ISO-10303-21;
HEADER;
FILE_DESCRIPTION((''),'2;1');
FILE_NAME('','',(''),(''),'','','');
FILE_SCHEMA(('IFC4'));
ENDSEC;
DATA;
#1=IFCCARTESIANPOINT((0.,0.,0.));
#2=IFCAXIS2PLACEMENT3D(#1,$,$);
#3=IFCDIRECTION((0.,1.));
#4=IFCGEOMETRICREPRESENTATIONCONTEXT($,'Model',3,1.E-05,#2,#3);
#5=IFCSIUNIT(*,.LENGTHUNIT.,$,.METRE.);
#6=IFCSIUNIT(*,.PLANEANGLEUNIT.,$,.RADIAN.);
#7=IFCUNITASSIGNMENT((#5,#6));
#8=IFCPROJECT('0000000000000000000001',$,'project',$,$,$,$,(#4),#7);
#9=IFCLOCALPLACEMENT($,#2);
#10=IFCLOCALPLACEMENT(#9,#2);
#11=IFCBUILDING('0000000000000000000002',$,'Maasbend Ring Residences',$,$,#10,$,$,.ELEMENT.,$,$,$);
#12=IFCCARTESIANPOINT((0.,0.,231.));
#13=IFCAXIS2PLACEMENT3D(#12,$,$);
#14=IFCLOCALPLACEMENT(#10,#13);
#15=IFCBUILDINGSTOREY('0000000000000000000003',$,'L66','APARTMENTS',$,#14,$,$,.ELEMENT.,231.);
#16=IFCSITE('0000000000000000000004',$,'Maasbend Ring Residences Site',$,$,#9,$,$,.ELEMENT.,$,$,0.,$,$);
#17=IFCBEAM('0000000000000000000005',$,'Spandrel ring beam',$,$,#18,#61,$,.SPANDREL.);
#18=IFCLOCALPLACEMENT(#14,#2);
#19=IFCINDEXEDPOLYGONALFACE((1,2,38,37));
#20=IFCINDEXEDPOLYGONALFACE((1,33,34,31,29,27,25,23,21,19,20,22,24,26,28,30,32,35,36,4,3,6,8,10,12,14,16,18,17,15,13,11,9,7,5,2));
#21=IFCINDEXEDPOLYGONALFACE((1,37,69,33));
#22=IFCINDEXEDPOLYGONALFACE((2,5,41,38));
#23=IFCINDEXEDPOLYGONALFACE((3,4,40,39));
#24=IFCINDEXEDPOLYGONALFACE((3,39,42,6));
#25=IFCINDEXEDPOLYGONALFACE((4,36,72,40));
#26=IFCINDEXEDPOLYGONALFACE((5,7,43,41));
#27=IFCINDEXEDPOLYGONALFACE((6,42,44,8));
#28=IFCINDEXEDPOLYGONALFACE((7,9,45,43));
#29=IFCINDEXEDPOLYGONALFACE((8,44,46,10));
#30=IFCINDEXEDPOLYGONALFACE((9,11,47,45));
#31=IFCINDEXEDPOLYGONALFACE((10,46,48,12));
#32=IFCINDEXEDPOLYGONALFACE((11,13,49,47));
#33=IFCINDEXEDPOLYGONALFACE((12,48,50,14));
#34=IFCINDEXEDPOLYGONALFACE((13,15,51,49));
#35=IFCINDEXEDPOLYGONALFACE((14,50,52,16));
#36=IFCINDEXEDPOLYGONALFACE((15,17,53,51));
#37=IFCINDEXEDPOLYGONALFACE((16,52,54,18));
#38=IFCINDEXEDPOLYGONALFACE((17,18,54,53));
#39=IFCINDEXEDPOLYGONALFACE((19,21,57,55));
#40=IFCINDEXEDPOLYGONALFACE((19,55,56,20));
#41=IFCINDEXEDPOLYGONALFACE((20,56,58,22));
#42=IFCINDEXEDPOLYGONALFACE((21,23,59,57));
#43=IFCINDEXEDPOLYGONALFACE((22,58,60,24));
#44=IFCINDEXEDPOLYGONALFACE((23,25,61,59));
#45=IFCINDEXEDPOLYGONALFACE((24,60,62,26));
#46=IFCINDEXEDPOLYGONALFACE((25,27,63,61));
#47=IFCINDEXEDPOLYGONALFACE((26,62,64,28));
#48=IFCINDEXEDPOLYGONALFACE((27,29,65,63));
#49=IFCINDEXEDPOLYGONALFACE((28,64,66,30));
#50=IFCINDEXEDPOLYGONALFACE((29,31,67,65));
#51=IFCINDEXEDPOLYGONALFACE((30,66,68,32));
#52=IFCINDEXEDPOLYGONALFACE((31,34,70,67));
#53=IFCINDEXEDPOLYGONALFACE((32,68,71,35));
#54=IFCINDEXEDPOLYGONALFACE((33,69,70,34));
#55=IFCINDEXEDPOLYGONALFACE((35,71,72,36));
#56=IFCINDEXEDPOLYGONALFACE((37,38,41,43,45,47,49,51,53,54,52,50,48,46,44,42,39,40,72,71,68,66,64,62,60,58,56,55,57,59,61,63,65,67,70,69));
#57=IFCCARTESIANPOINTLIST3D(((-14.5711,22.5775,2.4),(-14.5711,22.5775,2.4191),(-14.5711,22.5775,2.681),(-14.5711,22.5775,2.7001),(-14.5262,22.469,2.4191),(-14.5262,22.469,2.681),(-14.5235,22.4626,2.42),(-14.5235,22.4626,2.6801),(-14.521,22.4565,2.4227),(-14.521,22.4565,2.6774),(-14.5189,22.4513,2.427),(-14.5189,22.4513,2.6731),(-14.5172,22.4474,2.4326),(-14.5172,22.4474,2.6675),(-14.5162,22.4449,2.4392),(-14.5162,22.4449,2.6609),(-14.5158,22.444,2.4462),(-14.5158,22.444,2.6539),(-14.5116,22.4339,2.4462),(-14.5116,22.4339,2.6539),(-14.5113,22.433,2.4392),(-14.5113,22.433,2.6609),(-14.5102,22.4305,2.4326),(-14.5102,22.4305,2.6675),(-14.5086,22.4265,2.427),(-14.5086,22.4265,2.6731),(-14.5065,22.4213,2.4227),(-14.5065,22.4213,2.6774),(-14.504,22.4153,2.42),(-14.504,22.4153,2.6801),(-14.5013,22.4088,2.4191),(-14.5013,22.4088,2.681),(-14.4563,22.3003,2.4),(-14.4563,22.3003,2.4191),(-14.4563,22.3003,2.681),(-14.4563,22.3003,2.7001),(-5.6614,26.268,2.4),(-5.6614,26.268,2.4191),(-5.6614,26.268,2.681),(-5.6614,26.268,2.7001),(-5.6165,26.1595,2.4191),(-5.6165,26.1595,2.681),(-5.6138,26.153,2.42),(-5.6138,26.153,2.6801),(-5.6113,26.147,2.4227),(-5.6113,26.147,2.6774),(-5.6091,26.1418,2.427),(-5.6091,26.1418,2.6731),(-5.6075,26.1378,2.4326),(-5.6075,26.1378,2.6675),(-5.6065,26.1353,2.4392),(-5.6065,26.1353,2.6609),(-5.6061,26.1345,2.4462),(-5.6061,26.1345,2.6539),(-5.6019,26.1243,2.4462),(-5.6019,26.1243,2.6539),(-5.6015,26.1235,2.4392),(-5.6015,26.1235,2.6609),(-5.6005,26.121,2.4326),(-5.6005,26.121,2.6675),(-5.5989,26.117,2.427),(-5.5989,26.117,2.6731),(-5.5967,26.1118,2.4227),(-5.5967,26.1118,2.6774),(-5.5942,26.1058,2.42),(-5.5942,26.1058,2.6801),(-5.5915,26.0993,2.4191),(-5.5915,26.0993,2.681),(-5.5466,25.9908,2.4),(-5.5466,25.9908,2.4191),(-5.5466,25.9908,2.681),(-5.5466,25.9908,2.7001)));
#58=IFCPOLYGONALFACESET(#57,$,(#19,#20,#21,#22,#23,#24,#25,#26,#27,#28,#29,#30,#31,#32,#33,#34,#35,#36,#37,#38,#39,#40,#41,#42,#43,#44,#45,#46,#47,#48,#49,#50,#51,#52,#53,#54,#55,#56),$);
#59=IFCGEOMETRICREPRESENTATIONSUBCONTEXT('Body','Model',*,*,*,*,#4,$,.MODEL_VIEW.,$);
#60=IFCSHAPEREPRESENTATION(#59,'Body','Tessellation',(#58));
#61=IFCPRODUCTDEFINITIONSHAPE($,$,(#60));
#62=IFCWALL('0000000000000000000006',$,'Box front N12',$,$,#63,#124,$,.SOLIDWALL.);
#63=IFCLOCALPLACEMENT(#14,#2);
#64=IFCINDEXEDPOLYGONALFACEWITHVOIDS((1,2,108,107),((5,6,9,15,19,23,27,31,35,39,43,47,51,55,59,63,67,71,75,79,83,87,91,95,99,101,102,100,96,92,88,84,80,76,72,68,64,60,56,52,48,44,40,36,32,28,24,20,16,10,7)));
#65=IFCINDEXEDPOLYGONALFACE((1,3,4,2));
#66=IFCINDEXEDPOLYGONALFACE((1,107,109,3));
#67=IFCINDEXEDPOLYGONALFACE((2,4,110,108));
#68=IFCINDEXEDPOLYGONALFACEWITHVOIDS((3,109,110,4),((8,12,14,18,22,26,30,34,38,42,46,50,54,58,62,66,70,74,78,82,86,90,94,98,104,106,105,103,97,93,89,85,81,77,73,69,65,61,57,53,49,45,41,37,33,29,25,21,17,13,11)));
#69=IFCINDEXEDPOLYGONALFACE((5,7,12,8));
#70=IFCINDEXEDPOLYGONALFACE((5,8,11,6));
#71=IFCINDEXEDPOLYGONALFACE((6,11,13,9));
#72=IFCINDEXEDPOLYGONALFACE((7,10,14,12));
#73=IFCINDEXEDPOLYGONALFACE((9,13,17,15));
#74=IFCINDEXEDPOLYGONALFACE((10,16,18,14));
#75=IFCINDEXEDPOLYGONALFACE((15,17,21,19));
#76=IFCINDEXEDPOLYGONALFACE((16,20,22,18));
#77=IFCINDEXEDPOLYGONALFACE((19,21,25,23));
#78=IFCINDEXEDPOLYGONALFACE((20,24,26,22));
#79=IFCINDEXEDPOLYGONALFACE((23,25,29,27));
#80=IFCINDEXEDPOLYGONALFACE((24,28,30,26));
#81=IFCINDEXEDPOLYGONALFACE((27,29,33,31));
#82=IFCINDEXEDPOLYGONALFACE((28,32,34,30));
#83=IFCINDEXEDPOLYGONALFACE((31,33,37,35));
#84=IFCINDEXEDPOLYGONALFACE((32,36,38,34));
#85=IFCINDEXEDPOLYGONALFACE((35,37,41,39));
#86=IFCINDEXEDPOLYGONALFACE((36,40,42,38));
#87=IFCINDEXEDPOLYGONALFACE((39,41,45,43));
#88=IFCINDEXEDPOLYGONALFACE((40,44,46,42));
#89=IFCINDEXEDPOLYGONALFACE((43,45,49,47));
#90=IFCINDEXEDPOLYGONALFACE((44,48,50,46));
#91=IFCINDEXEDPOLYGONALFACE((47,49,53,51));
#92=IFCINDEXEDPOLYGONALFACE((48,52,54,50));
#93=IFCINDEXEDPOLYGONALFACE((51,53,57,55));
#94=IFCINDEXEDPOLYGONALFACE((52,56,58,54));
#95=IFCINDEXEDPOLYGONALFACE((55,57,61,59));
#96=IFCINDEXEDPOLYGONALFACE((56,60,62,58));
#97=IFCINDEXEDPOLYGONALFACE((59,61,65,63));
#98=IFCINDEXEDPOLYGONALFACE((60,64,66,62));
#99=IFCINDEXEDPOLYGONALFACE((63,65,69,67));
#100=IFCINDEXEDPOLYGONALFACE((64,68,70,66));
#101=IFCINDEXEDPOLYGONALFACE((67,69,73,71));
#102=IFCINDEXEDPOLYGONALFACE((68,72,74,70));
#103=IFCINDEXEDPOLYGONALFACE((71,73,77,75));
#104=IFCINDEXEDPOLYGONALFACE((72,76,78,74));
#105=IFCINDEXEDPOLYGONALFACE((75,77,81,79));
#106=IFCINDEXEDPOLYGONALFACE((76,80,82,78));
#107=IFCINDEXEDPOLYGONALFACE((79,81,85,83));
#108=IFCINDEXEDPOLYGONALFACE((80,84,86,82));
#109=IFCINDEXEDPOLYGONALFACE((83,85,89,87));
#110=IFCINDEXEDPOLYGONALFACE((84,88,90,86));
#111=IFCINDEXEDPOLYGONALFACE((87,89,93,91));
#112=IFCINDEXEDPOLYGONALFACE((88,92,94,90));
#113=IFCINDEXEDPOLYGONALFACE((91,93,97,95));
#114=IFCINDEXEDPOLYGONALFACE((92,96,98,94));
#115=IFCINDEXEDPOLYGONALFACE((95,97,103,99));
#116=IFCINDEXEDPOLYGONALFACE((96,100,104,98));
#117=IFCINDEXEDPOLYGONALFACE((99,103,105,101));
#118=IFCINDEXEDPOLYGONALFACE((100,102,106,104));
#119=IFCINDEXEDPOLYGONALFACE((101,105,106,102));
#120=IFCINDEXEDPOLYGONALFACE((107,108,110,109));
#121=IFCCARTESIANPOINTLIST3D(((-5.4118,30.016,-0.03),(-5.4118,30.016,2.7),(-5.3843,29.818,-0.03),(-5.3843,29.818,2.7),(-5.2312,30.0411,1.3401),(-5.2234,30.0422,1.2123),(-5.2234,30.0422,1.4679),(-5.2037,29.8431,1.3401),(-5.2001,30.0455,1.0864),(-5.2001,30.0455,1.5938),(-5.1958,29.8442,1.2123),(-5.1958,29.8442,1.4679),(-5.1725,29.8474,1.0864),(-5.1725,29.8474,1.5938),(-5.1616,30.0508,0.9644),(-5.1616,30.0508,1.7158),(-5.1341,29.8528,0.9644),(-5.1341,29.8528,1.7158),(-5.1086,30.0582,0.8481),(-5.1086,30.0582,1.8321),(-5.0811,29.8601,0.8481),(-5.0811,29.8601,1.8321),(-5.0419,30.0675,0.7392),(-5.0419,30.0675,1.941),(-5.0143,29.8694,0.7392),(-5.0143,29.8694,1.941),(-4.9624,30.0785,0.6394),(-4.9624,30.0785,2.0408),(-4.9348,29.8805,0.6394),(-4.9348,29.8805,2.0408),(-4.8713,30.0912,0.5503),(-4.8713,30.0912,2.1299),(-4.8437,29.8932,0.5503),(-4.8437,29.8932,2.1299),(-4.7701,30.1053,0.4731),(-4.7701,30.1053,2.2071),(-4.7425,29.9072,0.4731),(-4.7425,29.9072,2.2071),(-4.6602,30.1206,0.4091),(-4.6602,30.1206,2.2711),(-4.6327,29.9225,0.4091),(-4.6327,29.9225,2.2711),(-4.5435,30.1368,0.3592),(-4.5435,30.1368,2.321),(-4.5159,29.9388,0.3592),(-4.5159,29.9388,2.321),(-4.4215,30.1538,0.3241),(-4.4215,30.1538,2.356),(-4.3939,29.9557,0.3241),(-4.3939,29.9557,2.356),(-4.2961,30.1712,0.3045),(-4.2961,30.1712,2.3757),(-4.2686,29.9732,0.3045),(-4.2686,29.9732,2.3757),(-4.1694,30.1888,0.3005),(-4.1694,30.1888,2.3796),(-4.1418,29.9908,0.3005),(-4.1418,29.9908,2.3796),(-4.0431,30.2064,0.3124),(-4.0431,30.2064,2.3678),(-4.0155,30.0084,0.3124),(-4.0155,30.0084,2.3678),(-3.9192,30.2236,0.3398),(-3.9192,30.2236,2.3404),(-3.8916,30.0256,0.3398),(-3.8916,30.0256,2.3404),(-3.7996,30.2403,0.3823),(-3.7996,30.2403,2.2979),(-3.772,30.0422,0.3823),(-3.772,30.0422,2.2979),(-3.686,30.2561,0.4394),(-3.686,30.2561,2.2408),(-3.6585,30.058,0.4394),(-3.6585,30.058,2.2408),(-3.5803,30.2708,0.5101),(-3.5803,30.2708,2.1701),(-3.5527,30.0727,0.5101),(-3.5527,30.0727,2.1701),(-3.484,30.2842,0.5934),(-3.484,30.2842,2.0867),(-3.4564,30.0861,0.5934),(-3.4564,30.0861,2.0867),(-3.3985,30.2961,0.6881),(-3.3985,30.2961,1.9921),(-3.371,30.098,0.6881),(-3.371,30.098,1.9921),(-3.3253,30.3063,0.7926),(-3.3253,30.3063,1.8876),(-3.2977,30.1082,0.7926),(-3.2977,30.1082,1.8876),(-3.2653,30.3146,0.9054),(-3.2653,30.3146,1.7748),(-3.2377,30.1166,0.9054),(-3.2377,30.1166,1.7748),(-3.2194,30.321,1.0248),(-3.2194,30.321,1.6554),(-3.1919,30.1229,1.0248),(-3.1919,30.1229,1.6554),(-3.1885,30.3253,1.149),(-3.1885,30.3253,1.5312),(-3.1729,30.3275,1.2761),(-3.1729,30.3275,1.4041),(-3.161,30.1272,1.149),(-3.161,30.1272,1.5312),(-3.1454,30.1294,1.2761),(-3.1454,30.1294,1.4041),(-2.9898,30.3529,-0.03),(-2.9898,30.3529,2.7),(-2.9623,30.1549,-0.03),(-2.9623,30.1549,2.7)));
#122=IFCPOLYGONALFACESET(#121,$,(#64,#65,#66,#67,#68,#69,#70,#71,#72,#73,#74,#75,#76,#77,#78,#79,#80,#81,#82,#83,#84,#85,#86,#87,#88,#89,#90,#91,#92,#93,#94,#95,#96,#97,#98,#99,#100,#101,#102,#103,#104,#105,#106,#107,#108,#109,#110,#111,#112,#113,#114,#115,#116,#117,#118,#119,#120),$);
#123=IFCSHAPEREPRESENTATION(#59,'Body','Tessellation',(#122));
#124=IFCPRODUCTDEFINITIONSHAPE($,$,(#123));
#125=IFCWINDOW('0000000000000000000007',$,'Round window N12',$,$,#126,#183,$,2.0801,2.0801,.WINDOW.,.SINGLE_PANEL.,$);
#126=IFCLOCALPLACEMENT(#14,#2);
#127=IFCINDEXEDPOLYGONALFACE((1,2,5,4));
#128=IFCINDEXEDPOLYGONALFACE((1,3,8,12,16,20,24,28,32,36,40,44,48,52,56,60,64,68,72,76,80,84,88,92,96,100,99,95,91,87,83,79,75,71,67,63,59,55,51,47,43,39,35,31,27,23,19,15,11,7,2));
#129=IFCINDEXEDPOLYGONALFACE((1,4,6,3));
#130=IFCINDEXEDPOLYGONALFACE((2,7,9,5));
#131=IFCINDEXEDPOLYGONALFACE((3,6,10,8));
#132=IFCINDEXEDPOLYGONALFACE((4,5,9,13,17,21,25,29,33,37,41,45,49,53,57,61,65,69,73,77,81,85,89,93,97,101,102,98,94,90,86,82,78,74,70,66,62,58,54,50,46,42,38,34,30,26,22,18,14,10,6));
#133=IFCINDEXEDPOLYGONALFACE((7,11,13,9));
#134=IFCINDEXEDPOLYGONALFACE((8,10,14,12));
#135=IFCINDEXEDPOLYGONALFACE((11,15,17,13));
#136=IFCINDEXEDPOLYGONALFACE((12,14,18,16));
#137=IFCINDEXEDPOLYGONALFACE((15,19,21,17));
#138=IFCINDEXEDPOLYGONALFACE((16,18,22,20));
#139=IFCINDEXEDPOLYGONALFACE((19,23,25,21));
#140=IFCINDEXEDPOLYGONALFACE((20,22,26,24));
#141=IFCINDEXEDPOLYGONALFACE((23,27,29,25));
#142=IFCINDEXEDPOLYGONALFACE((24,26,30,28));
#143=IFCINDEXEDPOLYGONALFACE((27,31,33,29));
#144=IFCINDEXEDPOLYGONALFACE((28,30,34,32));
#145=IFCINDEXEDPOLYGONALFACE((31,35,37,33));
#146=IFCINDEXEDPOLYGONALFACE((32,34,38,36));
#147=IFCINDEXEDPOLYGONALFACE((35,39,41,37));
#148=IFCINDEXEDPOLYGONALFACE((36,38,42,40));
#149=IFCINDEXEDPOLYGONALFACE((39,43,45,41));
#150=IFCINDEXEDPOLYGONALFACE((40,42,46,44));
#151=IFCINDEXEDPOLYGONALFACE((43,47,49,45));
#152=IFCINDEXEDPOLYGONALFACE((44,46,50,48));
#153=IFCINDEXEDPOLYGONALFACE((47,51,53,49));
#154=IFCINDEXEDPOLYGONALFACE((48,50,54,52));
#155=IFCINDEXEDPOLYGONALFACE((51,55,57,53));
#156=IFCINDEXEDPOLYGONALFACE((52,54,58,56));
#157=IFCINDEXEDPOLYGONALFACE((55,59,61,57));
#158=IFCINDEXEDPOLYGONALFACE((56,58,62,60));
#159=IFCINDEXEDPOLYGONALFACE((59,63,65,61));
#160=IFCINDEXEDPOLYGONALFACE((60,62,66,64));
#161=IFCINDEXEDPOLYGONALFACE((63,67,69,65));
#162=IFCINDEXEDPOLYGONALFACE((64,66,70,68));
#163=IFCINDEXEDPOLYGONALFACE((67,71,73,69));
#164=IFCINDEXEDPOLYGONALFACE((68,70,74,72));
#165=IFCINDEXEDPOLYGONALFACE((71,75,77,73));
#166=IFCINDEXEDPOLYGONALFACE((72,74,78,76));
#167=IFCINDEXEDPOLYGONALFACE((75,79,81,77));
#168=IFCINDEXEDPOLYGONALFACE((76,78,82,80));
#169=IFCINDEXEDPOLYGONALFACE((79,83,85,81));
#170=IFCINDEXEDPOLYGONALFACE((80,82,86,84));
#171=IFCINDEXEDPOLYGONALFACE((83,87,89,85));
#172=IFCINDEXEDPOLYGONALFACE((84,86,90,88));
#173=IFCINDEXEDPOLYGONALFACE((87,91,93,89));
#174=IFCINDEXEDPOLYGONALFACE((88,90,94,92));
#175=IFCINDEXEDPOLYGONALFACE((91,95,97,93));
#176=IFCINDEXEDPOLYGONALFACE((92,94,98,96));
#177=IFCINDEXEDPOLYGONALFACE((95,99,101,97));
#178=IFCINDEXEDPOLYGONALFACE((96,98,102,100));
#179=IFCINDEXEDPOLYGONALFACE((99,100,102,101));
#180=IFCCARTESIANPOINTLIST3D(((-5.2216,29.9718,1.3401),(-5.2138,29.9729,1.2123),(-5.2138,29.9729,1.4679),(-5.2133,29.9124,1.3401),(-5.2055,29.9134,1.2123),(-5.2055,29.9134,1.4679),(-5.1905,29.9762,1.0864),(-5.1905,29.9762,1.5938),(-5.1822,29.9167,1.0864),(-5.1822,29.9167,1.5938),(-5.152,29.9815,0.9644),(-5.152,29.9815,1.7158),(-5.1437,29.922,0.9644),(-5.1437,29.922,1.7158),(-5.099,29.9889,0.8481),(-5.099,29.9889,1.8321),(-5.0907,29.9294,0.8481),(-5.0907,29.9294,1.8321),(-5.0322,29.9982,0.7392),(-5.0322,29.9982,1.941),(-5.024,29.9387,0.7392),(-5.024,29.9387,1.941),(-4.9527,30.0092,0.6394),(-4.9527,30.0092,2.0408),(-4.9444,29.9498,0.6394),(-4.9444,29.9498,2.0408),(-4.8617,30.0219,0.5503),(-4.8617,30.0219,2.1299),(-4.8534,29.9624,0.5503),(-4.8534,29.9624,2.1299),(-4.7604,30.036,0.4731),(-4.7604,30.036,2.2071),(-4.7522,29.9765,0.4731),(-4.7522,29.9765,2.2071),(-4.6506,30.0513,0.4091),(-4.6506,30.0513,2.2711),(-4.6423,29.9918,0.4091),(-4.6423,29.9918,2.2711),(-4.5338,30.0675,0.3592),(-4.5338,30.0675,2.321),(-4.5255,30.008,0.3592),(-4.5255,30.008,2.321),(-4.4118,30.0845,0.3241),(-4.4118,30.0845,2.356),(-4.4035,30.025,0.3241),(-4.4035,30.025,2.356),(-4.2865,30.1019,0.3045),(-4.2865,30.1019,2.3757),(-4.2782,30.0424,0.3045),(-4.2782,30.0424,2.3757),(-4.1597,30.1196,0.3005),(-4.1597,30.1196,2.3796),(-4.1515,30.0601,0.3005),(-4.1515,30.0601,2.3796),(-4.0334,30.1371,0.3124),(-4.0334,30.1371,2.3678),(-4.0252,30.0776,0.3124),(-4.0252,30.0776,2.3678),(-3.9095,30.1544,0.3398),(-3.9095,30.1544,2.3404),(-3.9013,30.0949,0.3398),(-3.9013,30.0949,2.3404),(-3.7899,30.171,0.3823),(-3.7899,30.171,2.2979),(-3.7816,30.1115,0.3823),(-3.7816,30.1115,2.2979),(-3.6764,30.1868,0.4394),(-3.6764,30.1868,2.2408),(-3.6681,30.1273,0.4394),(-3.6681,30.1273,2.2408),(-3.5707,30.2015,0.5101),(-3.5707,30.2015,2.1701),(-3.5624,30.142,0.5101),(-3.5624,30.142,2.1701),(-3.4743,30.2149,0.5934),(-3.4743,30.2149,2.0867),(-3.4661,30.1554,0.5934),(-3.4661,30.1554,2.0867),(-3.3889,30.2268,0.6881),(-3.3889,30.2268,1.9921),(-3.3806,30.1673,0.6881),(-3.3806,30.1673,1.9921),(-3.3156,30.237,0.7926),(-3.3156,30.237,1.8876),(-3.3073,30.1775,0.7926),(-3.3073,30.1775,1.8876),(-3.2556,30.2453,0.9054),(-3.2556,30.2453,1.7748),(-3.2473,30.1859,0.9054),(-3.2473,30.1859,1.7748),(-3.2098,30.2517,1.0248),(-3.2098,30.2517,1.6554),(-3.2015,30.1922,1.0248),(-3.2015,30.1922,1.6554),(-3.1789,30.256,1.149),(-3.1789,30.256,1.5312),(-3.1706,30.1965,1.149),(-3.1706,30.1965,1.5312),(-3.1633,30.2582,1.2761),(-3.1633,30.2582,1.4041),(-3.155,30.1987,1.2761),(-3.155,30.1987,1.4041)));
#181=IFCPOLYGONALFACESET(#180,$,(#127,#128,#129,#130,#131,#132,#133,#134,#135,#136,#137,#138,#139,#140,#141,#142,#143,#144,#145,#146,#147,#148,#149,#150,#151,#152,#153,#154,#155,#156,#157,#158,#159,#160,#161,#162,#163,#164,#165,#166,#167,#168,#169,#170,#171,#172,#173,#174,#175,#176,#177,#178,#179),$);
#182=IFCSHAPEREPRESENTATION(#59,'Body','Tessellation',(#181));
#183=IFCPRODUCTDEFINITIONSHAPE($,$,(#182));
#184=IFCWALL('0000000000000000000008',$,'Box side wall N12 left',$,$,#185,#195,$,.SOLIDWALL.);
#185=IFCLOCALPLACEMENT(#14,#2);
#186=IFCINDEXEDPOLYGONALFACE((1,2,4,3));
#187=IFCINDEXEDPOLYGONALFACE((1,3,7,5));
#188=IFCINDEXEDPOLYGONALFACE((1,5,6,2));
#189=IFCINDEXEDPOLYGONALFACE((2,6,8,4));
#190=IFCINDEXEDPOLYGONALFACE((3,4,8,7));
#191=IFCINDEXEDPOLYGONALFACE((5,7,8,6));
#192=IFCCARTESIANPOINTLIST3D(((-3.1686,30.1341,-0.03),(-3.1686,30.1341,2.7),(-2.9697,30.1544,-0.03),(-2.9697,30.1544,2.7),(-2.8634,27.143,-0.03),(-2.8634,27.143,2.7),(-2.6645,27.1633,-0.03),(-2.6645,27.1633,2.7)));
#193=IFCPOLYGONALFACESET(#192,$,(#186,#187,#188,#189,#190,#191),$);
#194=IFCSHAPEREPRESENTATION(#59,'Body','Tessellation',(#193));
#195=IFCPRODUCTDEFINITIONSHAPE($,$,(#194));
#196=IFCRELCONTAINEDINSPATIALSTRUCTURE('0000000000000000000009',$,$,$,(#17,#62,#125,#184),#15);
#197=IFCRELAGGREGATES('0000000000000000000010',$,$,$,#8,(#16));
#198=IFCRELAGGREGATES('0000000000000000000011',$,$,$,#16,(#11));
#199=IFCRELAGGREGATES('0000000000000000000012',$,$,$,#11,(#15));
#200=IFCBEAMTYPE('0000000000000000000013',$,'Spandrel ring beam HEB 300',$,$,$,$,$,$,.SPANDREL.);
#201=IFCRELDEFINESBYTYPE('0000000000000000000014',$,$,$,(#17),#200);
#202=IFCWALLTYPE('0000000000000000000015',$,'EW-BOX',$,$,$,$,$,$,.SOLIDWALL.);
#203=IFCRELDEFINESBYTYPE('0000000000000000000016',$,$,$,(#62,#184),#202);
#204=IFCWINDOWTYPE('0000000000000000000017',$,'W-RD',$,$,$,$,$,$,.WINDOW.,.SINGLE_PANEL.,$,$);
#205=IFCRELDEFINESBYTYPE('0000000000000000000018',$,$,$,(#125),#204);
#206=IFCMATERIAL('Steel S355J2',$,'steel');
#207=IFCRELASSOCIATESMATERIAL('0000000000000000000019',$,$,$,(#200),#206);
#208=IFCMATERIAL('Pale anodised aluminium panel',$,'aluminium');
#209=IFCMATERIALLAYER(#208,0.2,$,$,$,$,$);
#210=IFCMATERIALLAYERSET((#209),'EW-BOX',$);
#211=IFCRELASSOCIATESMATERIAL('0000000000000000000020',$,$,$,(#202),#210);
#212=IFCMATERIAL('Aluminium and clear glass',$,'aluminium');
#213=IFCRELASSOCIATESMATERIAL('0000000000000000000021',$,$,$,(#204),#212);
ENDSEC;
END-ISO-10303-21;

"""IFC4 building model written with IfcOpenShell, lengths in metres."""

from ifc_helpers import new_model, si_unit, direction, frame, frame_2d, origin, origin_2d, place, context, subcontext, project, spatial, rectangle, circle, i_section, extrude, material, layer, layer_set, material_profile, profile_set, type_object, element, fill, save


model = new_model("IFC4")

# Units and contexts
model_context = context("Model", 3, precision=1e-05, world=origin(), true_north=direction((0.0, 1.0)))
body_context = subcontext(model_context, "Body", "Model", "MODEL_VIEW")
ifc_project = project(units=[si_unit("LENGTHUNIT", "METRE"), si_unit("PLANEANGLEUNIT", "RADIAN")], contexts=[model_context])

# Site, building, storey
site_placement = place(None, origin())
site = spatial("IfcSite", under=ifc_project, at=site_placement, Name="Maasbend Ring Residences Site", CompositionType="ELEMENT", RefElevation=0.0)
building_placement = place(site_placement, origin())
building = spatial("IfcBuilding", under=site, at=building_placement, Name="Maasbend Ring Residences", CompositionType="ELEMENT")
storey_placement = place(building_placement, frame((0.0, 0.0, 231.0)))
storey = spatial("IfcBuildingStorey", under=building, at=storey_placement, Name="L66", Description="APARTMENTS", CompositionType="ELEMENT", Elevation=231.0)

# Beam
ifc_material_1 = material(Name="Steel S355J2", Category="steel")
ifc_material_profile_1 = material_profile(ifc_material_1, i_section(OverallWidth=0.3, OverallDepth=0.3, WebThickness=0.011, FlangeThickness=0.019, FilletRadius=0.0271, at=origin_2d()), Name="HEB 300")
ifc_profile_set_1 = profile_set([ifc_material_profile_1], Name="Steel S355J2")
beam_type = type_object("IfcBeamType", Name="Spandrel ring beam HEB 300", PredefinedType="SPANDREL", material=ifc_profile_set_1)
beam_placement = place(storey_placement, frame((-5.604, 26.1294, 2.55), z_axis=(-0.923882, -0.382677, 0.0), x_axis=(0.382677, -0.923882, 0.0)))
element("IfcBeam", 1, at=beam_placement, inside=storey, type_object=beam_type, Name="Spandrel ring beam", PredefinedType="SPANDREL", context=body_context, shape_type="SweptSolid", body=[
    extrude(i_section(OverallWidth=0.3, OverallDepth=0.3, WebThickness=0.011, FlangeThickness=0.019, FilletRadius=0.0271, at=origin_2d()), origin(), (0.0, 0.0, 1.0), 9.6438),
])

# Wall, opening, window
ifc_material_2 = material(Name="Pale anodised aluminium panel", Category="aluminium")
ifc_layer_1 = layer(ifc_material_2, 0.2)
ifc_layer_set_1 = layer_set([ifc_layer_1], Name="EW-BOX")
wall_type_1 = type_object("IfcWallType", Name="EW-BOX", PredefinedType="SOLIDWALL", material=ifc_layer_set_1)
wall_1_placement = place(storey_placement, frame((-2.9761, 30.2539, -0.03), z_axis=(0.0, 0.0, 1.0), x_axis=(-0.990462, -0.137786, 0.0)))
wall_1 = element("IfcWall", 2, at=wall_1_placement, inside=storey, type_object=wall_type_1, Name="Box front N12", PredefinedType="SOLIDWALL", context=body_context, shape_type="SweptSolid", body=[
    extrude(rectangle(XDim=2.4453, YDim=0.2, at=frame_2d((1.2227, 0.0))), origin(), (0.0, 0.0, 1.0), 2.73),
])
opening_1_placement = place(wall_1_placement, frame((0.1829, 0.0, 0.3301)))
opening_1 = element("IfcOpeningElement", 3, at=opening_1_placement, cuts=wall_1, PredefinedType="OPENING", context=body_context, shape_type="SweptSolid", body=[
    extrude(circle(Radius=1.04, at=frame_2d((1.04, 1.04))), frame((0.0, 0.1099, 0.0), z_axis=(0.0, -1.0, 0.0), x_axis=(1.0, 0.0, 0.0)), (0.0, 0.0, 1.0), 0.22),
])
ifc_material_3 = material(Name="Aluminium and clear glass", Category="aluminium")
window_type_1 = type_object("IfcWindowType", Name="W-RD", PartitioningType="SINGLE_PANEL", PredefinedType="WINDOW", material=ifc_material_3)
window_1_placement = place(opening_1_placement, origin())
window_1 = element("IfcWindow", 4, at=window_1_placement, inside=storey, type_object=window_type_1, Name="Round window N12", OverallHeight=2.0801, OverallWidth=2.0801, PartitioningType="SINGLE_PANEL", PredefinedType="WINDOW", context=body_context, shape_type="SweptSolid", body=[
    extrude(circle(Radius=1.04, at=frame_2d((1.04, 1.04))), frame((0.0, 0.03, 0.0), z_axis=(0.0, -1.0, 0.0), x_axis=(1.0, 0.0, 0.0)), (0.0, 0.0, 1.0), 0.0601),
])
fill(opening_1, window_1)

# Wall
wall_2_placement = place(storey_placement, frame((-2.7639, 27.1531, -0.03), z_axis=(0.0, 0.0, 1.0), x_axis=(-0.101505, 0.994835, 0.0)))
element("IfcWall", 5, at=wall_2_placement, inside=storey, type_object=wall_type_1, Name="Box side wall N12 left", PredefinedType="SOLIDWALL", context=body_context, shape_type="SweptSolid", body=[
    extrude(rectangle(XDim=3.0066, YDim=0.2, at=frame_2d((1.5034, 0.0))), origin(), (0.0, 0.0, 1.0), 2.73),
])

save(model, "model.ifc")
